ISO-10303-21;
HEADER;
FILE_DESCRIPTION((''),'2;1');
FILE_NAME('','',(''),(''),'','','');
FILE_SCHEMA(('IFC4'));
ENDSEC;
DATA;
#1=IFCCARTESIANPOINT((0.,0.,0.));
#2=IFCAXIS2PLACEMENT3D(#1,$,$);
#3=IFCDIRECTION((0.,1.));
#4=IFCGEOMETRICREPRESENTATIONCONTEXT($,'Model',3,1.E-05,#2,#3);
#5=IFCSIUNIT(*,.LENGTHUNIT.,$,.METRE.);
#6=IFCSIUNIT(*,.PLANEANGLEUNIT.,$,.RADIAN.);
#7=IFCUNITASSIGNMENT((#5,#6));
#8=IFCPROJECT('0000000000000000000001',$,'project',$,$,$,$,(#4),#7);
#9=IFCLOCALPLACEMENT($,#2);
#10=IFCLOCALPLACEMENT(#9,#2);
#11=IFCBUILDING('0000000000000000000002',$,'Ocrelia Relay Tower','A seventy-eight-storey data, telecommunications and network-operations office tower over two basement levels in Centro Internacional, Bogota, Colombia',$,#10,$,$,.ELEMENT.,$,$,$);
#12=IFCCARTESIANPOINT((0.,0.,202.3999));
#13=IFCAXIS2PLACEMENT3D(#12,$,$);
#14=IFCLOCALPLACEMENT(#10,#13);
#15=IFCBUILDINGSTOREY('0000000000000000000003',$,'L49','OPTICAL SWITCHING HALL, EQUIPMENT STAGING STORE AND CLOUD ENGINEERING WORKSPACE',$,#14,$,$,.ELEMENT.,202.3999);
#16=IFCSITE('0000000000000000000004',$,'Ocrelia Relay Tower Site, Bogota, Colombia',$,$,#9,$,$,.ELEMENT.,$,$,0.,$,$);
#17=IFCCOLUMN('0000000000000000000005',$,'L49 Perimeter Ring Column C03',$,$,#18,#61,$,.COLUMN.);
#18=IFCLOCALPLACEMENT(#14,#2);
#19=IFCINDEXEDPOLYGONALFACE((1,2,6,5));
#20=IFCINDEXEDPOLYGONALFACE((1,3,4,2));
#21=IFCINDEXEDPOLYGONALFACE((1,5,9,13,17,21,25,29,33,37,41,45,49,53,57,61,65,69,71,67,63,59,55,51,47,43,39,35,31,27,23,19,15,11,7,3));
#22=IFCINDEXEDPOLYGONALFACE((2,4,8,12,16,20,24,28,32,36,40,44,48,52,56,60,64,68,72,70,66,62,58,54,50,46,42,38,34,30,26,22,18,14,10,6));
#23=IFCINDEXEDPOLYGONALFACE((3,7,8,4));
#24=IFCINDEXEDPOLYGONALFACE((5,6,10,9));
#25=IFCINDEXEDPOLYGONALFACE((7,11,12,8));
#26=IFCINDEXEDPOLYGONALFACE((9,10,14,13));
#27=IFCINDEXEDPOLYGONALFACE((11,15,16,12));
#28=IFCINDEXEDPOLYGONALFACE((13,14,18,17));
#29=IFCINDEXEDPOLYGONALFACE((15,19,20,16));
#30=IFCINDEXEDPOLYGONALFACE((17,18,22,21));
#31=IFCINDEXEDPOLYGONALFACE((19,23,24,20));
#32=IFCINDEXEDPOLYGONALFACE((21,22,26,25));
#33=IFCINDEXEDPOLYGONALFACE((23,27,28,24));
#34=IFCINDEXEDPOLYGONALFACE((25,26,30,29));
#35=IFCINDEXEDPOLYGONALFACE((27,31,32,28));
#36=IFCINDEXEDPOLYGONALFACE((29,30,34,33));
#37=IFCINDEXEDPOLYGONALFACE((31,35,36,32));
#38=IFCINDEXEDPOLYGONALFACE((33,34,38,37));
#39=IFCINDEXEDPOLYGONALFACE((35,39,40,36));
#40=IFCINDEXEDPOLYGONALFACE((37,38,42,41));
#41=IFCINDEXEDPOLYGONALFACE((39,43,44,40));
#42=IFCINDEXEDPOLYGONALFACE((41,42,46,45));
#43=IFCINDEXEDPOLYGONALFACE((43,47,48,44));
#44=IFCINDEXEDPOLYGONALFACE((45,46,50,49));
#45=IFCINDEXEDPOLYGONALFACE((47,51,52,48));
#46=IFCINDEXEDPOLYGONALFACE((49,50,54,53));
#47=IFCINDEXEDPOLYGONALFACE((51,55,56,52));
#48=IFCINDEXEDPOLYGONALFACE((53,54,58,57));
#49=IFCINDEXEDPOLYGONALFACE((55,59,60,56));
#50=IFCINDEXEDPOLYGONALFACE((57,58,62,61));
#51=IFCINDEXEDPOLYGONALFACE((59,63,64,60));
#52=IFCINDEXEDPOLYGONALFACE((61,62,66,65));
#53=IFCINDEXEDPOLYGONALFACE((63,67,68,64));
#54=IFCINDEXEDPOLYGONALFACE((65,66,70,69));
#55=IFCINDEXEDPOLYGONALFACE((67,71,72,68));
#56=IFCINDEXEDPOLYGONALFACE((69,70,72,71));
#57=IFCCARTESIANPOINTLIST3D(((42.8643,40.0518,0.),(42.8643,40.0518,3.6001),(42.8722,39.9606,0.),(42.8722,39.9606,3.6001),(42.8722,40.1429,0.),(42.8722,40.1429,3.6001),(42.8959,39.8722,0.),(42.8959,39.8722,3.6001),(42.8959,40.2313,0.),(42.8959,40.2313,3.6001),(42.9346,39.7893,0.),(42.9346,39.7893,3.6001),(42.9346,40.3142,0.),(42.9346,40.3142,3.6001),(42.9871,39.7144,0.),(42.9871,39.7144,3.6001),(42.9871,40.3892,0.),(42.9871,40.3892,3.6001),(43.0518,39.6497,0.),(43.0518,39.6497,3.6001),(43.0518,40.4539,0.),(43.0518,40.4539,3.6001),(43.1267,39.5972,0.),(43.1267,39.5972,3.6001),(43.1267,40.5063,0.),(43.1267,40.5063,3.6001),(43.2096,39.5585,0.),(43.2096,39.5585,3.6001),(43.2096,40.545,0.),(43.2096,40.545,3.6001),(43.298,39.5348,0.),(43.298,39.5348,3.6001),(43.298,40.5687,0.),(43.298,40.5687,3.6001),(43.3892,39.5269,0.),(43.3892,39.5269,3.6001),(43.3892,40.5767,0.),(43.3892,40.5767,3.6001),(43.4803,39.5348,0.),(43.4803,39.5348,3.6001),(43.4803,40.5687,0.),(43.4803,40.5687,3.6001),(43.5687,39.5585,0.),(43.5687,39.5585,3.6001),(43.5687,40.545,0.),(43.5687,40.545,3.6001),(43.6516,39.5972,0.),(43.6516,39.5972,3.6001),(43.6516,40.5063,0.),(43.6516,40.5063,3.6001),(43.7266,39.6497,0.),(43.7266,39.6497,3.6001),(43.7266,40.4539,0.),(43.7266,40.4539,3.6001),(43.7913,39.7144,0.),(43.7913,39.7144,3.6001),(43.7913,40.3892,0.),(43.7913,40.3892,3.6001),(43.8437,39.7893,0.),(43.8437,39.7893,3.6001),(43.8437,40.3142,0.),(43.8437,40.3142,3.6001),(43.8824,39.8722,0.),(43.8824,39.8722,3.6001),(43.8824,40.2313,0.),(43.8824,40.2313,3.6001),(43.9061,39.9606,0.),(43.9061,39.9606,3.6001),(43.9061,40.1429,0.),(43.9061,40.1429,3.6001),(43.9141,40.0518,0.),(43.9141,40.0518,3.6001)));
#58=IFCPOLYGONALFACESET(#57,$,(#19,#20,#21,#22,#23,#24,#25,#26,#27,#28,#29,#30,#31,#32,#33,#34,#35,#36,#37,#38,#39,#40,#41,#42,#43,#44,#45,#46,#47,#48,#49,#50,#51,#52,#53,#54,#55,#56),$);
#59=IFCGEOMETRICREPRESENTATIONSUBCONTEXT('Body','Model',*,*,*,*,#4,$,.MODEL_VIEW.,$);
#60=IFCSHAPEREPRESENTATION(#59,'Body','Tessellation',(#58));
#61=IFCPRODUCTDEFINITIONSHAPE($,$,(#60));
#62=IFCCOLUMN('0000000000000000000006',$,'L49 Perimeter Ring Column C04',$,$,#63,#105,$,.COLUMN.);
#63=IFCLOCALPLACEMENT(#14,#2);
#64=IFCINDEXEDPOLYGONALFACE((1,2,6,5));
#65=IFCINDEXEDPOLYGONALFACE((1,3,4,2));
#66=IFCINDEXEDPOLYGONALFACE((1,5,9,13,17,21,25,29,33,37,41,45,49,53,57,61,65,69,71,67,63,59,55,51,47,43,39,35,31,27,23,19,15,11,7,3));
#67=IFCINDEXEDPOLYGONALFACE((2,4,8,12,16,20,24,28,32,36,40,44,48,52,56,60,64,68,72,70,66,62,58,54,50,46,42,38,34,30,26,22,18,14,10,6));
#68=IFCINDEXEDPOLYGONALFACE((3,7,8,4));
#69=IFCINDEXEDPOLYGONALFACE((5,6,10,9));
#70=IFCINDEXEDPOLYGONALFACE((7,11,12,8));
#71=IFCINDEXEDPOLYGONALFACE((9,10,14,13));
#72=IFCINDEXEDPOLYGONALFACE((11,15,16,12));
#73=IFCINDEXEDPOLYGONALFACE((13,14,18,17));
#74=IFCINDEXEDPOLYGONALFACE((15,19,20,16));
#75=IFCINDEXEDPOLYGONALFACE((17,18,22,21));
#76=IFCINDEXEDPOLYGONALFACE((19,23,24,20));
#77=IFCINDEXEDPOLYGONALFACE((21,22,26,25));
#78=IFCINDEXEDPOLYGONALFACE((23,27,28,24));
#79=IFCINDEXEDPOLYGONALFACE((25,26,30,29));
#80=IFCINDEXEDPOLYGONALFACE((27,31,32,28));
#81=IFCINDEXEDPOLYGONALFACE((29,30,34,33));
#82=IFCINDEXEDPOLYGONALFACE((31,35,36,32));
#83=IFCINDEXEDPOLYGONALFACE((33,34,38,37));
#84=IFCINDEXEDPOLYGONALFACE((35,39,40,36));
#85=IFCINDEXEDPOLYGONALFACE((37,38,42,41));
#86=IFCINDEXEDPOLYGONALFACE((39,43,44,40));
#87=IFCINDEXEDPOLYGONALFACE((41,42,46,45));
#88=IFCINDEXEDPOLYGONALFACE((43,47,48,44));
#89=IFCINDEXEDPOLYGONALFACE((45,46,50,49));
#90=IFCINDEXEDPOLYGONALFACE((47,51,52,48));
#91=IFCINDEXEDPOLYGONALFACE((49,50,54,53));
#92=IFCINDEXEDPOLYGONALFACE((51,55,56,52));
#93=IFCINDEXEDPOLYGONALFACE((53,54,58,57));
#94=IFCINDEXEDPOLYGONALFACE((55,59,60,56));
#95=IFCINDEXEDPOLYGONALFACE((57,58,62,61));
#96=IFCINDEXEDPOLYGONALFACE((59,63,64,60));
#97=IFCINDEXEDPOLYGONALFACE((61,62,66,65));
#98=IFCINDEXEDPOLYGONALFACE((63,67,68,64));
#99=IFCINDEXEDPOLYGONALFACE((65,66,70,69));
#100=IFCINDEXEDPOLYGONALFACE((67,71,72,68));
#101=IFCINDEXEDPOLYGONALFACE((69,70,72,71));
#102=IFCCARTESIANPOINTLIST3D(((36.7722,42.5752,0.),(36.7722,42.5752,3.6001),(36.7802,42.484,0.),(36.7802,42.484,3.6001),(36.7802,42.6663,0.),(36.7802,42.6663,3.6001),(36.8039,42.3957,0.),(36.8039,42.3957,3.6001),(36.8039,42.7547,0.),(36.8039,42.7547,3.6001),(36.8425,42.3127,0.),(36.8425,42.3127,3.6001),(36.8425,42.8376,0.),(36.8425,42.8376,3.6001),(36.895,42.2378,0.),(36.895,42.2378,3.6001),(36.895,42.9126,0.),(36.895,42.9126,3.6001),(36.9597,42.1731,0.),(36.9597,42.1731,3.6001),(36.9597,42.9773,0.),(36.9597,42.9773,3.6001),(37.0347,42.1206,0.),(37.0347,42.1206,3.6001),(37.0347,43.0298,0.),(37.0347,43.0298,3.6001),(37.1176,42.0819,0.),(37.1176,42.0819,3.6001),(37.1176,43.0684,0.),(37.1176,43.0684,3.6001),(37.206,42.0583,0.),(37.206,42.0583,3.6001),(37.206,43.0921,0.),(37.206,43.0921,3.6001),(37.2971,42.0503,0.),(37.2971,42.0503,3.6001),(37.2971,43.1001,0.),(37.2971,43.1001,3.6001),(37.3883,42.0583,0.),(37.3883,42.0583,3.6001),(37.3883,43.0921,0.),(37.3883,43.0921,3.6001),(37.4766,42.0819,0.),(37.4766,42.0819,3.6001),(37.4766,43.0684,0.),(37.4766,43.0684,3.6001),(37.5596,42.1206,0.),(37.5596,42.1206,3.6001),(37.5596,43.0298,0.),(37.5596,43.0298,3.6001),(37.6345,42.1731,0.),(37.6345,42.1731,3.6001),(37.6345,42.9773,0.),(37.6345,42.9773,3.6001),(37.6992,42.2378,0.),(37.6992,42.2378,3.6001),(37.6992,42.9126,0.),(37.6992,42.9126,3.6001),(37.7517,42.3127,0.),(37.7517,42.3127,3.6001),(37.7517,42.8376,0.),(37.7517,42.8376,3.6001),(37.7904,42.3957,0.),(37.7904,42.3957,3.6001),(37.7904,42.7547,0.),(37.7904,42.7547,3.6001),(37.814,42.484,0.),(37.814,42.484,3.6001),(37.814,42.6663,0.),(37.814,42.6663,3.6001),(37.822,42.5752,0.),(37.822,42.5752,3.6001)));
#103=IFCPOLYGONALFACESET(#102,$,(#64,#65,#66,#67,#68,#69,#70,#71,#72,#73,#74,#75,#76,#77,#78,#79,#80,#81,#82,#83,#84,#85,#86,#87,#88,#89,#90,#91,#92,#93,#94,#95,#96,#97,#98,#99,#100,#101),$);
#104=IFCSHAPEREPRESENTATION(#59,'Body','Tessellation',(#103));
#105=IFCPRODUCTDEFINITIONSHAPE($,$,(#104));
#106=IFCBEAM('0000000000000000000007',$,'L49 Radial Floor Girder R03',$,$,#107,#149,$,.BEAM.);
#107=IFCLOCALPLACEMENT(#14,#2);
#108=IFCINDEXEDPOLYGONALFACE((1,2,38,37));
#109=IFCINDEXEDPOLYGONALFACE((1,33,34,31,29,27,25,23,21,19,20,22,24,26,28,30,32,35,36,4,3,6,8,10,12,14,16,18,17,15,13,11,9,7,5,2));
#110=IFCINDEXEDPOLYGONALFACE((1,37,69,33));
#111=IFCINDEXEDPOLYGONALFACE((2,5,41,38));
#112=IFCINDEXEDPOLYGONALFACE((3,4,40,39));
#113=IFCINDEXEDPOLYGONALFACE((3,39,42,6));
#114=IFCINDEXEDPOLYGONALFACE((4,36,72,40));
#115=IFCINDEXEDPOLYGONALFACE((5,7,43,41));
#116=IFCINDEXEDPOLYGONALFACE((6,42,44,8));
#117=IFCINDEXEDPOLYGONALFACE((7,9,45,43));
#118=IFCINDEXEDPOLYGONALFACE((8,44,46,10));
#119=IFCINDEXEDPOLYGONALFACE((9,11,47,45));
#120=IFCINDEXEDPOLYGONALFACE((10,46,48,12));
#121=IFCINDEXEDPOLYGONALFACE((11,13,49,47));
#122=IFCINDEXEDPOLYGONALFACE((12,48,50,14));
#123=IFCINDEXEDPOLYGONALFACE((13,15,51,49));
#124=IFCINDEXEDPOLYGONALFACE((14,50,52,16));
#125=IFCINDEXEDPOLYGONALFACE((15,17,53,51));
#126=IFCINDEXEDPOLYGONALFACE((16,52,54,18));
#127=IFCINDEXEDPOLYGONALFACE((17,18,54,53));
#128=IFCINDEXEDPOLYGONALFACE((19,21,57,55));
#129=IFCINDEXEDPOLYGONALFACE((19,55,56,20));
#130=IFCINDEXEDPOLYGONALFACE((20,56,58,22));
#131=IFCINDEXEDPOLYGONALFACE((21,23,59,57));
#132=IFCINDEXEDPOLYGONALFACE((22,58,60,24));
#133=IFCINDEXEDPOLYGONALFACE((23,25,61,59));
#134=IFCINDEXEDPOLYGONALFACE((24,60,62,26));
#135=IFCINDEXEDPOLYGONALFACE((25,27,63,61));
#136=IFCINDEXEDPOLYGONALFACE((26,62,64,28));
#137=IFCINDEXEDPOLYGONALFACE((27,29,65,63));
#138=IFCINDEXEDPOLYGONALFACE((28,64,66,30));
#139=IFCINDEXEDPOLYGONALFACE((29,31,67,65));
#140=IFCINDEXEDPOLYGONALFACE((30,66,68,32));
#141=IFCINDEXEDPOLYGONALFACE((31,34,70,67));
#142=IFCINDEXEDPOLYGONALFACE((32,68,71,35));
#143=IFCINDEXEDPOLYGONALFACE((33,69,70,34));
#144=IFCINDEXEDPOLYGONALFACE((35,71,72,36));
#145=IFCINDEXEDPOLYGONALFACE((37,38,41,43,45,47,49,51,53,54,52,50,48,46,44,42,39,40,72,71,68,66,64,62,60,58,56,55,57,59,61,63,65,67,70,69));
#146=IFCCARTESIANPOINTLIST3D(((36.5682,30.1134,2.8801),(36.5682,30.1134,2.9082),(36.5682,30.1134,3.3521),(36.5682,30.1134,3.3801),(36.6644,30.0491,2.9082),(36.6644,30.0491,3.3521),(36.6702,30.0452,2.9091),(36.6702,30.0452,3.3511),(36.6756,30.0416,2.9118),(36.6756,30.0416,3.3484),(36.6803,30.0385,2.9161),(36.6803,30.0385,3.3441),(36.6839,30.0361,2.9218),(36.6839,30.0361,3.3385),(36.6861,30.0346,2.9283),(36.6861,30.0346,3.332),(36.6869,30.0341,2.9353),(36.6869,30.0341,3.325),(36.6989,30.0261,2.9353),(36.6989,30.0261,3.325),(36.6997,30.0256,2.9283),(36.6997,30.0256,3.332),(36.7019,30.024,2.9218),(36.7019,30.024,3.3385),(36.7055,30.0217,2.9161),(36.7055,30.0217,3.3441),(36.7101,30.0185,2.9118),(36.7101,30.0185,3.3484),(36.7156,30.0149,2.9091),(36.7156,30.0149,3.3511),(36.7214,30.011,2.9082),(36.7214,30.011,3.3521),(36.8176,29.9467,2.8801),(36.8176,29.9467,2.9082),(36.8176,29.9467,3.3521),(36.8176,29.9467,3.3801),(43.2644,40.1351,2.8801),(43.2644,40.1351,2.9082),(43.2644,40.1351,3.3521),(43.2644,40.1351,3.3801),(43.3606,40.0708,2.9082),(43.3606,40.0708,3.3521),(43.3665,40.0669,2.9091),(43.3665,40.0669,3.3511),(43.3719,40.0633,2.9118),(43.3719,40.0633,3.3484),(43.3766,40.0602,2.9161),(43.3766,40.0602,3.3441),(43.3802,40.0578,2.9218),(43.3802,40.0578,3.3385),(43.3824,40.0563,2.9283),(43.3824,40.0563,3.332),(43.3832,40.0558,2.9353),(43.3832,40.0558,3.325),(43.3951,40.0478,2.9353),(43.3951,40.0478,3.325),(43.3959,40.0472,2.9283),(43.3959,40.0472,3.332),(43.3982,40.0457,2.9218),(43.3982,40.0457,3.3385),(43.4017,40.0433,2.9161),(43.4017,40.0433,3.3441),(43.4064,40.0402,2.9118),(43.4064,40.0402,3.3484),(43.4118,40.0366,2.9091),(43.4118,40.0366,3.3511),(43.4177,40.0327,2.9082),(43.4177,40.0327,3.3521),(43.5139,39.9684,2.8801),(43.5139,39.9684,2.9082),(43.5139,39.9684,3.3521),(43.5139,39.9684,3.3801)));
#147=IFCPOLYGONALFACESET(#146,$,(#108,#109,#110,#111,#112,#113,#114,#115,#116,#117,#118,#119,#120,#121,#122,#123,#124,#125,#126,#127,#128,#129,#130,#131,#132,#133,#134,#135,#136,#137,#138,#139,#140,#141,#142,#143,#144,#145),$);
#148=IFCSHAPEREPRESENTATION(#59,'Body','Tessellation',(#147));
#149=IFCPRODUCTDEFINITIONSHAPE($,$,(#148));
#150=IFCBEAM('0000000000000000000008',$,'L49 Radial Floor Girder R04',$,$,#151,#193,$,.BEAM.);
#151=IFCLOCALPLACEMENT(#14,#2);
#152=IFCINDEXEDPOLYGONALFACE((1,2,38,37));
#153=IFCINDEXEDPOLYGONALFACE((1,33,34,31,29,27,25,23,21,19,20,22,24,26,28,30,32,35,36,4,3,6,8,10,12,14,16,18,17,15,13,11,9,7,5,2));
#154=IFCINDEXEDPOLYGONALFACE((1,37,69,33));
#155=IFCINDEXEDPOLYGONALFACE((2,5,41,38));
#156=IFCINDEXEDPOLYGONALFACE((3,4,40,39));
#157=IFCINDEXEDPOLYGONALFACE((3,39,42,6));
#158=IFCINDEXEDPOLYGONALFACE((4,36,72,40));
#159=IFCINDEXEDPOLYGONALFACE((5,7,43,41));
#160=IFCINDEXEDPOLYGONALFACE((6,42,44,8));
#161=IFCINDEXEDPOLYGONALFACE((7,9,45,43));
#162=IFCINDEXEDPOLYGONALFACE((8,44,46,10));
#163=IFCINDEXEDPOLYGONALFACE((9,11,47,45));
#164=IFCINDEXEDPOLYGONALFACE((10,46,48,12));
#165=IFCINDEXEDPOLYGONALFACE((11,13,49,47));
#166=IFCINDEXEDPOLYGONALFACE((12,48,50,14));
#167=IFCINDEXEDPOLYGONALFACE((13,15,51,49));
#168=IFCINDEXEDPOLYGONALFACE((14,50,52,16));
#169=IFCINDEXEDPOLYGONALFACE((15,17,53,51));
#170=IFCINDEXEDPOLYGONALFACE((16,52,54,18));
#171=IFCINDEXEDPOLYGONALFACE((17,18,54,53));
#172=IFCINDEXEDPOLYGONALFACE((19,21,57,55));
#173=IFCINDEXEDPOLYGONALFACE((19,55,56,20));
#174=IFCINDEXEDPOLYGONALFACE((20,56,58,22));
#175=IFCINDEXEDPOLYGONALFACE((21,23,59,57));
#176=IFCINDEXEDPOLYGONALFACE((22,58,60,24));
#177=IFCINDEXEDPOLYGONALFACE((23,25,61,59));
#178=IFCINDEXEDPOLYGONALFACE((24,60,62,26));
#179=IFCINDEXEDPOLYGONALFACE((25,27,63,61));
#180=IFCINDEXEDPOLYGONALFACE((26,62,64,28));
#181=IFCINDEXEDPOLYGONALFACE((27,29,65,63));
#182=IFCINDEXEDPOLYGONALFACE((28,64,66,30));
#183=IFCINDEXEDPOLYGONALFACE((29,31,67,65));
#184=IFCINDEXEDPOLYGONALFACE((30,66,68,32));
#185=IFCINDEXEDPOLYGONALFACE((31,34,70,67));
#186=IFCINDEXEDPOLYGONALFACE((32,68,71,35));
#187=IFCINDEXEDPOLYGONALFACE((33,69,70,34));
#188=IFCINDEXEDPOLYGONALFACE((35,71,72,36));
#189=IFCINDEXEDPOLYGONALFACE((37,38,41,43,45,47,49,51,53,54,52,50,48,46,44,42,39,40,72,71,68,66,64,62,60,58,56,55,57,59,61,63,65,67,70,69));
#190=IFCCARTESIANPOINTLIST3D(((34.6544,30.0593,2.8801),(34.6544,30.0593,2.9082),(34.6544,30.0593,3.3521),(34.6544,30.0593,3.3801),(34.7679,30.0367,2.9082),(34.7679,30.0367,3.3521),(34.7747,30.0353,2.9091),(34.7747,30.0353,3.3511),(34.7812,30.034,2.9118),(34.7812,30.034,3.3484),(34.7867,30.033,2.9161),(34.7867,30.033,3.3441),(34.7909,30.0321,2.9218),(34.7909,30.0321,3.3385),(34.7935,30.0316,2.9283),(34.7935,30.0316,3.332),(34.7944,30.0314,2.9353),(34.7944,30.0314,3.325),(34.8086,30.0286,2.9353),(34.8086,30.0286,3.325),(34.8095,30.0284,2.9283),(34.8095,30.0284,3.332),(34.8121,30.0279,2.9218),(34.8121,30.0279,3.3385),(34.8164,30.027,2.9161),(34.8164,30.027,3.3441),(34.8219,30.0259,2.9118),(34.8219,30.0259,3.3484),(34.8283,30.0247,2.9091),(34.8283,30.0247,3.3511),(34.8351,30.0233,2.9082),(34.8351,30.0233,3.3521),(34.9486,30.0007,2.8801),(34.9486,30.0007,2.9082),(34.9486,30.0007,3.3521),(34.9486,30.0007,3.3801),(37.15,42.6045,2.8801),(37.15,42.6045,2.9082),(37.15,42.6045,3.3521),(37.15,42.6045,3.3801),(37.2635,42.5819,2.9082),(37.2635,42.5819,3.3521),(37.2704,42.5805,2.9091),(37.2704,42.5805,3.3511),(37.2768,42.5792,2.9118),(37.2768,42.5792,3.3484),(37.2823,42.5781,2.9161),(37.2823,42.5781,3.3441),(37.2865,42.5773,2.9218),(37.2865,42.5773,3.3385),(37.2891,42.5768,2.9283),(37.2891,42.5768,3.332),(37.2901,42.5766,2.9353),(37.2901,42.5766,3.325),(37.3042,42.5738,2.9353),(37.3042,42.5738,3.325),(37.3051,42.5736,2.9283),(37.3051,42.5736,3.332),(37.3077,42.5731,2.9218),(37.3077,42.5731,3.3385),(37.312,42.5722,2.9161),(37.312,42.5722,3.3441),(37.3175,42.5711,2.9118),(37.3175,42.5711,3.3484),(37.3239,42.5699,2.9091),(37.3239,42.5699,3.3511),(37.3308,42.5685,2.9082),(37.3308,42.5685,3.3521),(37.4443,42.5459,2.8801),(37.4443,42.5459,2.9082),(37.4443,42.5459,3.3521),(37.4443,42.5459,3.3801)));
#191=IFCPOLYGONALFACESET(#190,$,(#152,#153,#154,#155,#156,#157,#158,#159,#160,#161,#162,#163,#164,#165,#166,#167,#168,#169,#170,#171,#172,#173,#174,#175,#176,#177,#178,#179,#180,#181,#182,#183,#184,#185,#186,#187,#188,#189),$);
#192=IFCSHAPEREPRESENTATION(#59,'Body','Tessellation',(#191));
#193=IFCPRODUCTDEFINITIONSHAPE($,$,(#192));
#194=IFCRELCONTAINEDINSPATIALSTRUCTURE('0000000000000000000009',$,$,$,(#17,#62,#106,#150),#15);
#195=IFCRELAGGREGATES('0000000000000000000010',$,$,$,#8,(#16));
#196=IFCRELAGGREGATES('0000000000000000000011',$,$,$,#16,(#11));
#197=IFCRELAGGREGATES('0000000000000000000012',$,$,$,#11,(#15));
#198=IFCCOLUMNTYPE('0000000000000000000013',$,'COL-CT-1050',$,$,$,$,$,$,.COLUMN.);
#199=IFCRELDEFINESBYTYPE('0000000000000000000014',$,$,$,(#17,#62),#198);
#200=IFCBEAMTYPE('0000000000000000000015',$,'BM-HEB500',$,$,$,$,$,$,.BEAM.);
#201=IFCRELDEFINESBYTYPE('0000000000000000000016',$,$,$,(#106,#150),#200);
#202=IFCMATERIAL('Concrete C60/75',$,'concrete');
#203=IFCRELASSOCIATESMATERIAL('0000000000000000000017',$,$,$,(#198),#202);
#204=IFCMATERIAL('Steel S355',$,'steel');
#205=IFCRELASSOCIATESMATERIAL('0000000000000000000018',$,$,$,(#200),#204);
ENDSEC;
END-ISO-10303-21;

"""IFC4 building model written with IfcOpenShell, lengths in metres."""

from ifc_helpers import new_model, si_unit, direction, frame, origin, origin_2d, place, context, subcontext, project, spatial, circle, i_section, extrude, material, material_profile, profile_set, type_object, element, save


model = new_model("IFC4")

# Units and contexts
model_context = context("Model", 3, precision=1e-05, world=origin(), true_north=direction((0.0, 1.0)))
body_context = subcontext(model_context, "Body", "Model", "MODEL_VIEW")
ifc_project = project(units=[si_unit("LENGTHUNIT", "METRE"), si_unit("PLANEANGLEUNIT", "RADIAN")], contexts=[model_context])

# Site, building, storey
site_placement = place(None, origin())
site = spatial("IfcSite", under=ifc_project, at=site_placement, Name="Ocrelia Relay Tower Site, Bogota, Colombia", CompositionType="ELEMENT", RefElevation=0.0)
building_placement = place(site_placement, origin())
building = spatial("IfcBuilding", under=site, at=building_placement, Name="Ocrelia Relay Tower", Description="A seventy-eight-storey data, telecommunications and network-operations office tower over two basement levels in Centro Internacional, Bogota, Colombia", CompositionType="ELEMENT")
storey_placement = place(building_placement, frame((0.0, 0.0, 202.3999)))
storey = spatial("IfcBuildingStorey", under=building, at=storey_placement, Name="L49", Description="OPTICAL SWITCHING HALL, EQUIPMENT STAGING STORE AND CLOUD ENGINEERING WORKSPACE", CompositionType="ELEMENT", Elevation=202.3999)

# Columns
ifc_material_1 = material(Name="Concrete C60/75", Category="concrete")
ifc_material_profile_1 = material_profile(ifc_material_1, circle(Radius=0.5249, at=origin_2d()), Name="RC-CIR-1050")
ifc_profile_set_1 = profile_set([ifc_material_profile_1], Name="Concrete C60/75")
column_type = type_object("IfcColumnType", Name="COL-CT-1050", PredefinedType="COLUMN", material=ifc_profile_set_1)
for number, where, z_axis, x_axis, name in (
    (1, (43.3892, 40.0518, 0.0), (0.0, 0.0, 1.0), (1.0, 0.0, 0.0), "L49 Perimeter Ring Column C03"),
    (2, (37.2971, 42.5752, 0.0), (0.0, 0.0, 1.0), (1.0, 0.0, 0.0), "L49 Perimeter Ring Column C04"),
):
    element("IfcColumn", number, at=place(storey_placement, frame(where, z_axis=z_axis, x_axis=x_axis)), inside=storey, type_object=column_type, Name=name, PredefinedType="COLUMN", context=body_context, shape_type="SweptSolid", body=[
        extrude(circle(Radius=0.5249, at=origin_2d()), origin(), (0.0, 0.0, 1.0), 3.6001),
    ])

# Beams
ifc_material_2 = material(Name="Steel S355", Category="steel")
ifc_material_profile_2 = material_profile(ifc_material_2, i_section(OverallWidth=0.3, OverallDepth=0.5, WebThickness=0.0144, FlangeThickness=0.0281, FilletRadius=0.0271, at=origin_2d()), Name="HEB 500")
ifc_profile_set_2 = profile_set([ifc_material_profile_2], Name="Steel S355")
beam_type_1 = type_object("IfcBeamType", Name="BM-HEB500", PredefinedType="BEAM", material=ifc_profile_set_2)
beam_1_placement = place(storey_placement, frame((43.3892, 40.0518, 3.1301), z_axis=(-0.555569, -0.83147, 0.0), x_axis=(0.83147, -0.555569, 0.0)))
element("IfcBeam", 3, at=beam_1_placement, inside=storey, type_object=beam_type_1, Name="L49 Radial Floor Girder R03", PredefinedType="BEAM", context=body_context, shape_type="SweptSolid", body=[
    extrude(i_section(OverallWidth=0.3, OverallDepth=0.5, WebThickness=0.0144, FlangeThickness=0.0281, FilletRadius=0.0271, at=origin_2d()), origin(), (0.0, 0.0, 1.0), 12.053),
])
beam_2_placement = place(storey_placement, frame((37.2971, 42.5752, 3.1301), z_axis=(-0.195107, -0.980782, 0.0), x_axis=(0.980782, -0.195107, 0.0)))
element("IfcBeam", 4, at=beam_2_placement, inside=storey, type_object=beam_type_1, Name="L49 Radial Floor Girder R04", PredefinedType="BEAM", context=body_context, shape_type="SweptSolid", body=[
    extrude(i_section(OverallWidth=0.3, OverallDepth=0.5, WebThickness=0.0144, FlangeThickness=0.0281, FilletRadius=0.0271, at=origin_2d()), origin(), (0.0, 0.0, 1.0), 12.791),
])

save(model, "model.ifc")
